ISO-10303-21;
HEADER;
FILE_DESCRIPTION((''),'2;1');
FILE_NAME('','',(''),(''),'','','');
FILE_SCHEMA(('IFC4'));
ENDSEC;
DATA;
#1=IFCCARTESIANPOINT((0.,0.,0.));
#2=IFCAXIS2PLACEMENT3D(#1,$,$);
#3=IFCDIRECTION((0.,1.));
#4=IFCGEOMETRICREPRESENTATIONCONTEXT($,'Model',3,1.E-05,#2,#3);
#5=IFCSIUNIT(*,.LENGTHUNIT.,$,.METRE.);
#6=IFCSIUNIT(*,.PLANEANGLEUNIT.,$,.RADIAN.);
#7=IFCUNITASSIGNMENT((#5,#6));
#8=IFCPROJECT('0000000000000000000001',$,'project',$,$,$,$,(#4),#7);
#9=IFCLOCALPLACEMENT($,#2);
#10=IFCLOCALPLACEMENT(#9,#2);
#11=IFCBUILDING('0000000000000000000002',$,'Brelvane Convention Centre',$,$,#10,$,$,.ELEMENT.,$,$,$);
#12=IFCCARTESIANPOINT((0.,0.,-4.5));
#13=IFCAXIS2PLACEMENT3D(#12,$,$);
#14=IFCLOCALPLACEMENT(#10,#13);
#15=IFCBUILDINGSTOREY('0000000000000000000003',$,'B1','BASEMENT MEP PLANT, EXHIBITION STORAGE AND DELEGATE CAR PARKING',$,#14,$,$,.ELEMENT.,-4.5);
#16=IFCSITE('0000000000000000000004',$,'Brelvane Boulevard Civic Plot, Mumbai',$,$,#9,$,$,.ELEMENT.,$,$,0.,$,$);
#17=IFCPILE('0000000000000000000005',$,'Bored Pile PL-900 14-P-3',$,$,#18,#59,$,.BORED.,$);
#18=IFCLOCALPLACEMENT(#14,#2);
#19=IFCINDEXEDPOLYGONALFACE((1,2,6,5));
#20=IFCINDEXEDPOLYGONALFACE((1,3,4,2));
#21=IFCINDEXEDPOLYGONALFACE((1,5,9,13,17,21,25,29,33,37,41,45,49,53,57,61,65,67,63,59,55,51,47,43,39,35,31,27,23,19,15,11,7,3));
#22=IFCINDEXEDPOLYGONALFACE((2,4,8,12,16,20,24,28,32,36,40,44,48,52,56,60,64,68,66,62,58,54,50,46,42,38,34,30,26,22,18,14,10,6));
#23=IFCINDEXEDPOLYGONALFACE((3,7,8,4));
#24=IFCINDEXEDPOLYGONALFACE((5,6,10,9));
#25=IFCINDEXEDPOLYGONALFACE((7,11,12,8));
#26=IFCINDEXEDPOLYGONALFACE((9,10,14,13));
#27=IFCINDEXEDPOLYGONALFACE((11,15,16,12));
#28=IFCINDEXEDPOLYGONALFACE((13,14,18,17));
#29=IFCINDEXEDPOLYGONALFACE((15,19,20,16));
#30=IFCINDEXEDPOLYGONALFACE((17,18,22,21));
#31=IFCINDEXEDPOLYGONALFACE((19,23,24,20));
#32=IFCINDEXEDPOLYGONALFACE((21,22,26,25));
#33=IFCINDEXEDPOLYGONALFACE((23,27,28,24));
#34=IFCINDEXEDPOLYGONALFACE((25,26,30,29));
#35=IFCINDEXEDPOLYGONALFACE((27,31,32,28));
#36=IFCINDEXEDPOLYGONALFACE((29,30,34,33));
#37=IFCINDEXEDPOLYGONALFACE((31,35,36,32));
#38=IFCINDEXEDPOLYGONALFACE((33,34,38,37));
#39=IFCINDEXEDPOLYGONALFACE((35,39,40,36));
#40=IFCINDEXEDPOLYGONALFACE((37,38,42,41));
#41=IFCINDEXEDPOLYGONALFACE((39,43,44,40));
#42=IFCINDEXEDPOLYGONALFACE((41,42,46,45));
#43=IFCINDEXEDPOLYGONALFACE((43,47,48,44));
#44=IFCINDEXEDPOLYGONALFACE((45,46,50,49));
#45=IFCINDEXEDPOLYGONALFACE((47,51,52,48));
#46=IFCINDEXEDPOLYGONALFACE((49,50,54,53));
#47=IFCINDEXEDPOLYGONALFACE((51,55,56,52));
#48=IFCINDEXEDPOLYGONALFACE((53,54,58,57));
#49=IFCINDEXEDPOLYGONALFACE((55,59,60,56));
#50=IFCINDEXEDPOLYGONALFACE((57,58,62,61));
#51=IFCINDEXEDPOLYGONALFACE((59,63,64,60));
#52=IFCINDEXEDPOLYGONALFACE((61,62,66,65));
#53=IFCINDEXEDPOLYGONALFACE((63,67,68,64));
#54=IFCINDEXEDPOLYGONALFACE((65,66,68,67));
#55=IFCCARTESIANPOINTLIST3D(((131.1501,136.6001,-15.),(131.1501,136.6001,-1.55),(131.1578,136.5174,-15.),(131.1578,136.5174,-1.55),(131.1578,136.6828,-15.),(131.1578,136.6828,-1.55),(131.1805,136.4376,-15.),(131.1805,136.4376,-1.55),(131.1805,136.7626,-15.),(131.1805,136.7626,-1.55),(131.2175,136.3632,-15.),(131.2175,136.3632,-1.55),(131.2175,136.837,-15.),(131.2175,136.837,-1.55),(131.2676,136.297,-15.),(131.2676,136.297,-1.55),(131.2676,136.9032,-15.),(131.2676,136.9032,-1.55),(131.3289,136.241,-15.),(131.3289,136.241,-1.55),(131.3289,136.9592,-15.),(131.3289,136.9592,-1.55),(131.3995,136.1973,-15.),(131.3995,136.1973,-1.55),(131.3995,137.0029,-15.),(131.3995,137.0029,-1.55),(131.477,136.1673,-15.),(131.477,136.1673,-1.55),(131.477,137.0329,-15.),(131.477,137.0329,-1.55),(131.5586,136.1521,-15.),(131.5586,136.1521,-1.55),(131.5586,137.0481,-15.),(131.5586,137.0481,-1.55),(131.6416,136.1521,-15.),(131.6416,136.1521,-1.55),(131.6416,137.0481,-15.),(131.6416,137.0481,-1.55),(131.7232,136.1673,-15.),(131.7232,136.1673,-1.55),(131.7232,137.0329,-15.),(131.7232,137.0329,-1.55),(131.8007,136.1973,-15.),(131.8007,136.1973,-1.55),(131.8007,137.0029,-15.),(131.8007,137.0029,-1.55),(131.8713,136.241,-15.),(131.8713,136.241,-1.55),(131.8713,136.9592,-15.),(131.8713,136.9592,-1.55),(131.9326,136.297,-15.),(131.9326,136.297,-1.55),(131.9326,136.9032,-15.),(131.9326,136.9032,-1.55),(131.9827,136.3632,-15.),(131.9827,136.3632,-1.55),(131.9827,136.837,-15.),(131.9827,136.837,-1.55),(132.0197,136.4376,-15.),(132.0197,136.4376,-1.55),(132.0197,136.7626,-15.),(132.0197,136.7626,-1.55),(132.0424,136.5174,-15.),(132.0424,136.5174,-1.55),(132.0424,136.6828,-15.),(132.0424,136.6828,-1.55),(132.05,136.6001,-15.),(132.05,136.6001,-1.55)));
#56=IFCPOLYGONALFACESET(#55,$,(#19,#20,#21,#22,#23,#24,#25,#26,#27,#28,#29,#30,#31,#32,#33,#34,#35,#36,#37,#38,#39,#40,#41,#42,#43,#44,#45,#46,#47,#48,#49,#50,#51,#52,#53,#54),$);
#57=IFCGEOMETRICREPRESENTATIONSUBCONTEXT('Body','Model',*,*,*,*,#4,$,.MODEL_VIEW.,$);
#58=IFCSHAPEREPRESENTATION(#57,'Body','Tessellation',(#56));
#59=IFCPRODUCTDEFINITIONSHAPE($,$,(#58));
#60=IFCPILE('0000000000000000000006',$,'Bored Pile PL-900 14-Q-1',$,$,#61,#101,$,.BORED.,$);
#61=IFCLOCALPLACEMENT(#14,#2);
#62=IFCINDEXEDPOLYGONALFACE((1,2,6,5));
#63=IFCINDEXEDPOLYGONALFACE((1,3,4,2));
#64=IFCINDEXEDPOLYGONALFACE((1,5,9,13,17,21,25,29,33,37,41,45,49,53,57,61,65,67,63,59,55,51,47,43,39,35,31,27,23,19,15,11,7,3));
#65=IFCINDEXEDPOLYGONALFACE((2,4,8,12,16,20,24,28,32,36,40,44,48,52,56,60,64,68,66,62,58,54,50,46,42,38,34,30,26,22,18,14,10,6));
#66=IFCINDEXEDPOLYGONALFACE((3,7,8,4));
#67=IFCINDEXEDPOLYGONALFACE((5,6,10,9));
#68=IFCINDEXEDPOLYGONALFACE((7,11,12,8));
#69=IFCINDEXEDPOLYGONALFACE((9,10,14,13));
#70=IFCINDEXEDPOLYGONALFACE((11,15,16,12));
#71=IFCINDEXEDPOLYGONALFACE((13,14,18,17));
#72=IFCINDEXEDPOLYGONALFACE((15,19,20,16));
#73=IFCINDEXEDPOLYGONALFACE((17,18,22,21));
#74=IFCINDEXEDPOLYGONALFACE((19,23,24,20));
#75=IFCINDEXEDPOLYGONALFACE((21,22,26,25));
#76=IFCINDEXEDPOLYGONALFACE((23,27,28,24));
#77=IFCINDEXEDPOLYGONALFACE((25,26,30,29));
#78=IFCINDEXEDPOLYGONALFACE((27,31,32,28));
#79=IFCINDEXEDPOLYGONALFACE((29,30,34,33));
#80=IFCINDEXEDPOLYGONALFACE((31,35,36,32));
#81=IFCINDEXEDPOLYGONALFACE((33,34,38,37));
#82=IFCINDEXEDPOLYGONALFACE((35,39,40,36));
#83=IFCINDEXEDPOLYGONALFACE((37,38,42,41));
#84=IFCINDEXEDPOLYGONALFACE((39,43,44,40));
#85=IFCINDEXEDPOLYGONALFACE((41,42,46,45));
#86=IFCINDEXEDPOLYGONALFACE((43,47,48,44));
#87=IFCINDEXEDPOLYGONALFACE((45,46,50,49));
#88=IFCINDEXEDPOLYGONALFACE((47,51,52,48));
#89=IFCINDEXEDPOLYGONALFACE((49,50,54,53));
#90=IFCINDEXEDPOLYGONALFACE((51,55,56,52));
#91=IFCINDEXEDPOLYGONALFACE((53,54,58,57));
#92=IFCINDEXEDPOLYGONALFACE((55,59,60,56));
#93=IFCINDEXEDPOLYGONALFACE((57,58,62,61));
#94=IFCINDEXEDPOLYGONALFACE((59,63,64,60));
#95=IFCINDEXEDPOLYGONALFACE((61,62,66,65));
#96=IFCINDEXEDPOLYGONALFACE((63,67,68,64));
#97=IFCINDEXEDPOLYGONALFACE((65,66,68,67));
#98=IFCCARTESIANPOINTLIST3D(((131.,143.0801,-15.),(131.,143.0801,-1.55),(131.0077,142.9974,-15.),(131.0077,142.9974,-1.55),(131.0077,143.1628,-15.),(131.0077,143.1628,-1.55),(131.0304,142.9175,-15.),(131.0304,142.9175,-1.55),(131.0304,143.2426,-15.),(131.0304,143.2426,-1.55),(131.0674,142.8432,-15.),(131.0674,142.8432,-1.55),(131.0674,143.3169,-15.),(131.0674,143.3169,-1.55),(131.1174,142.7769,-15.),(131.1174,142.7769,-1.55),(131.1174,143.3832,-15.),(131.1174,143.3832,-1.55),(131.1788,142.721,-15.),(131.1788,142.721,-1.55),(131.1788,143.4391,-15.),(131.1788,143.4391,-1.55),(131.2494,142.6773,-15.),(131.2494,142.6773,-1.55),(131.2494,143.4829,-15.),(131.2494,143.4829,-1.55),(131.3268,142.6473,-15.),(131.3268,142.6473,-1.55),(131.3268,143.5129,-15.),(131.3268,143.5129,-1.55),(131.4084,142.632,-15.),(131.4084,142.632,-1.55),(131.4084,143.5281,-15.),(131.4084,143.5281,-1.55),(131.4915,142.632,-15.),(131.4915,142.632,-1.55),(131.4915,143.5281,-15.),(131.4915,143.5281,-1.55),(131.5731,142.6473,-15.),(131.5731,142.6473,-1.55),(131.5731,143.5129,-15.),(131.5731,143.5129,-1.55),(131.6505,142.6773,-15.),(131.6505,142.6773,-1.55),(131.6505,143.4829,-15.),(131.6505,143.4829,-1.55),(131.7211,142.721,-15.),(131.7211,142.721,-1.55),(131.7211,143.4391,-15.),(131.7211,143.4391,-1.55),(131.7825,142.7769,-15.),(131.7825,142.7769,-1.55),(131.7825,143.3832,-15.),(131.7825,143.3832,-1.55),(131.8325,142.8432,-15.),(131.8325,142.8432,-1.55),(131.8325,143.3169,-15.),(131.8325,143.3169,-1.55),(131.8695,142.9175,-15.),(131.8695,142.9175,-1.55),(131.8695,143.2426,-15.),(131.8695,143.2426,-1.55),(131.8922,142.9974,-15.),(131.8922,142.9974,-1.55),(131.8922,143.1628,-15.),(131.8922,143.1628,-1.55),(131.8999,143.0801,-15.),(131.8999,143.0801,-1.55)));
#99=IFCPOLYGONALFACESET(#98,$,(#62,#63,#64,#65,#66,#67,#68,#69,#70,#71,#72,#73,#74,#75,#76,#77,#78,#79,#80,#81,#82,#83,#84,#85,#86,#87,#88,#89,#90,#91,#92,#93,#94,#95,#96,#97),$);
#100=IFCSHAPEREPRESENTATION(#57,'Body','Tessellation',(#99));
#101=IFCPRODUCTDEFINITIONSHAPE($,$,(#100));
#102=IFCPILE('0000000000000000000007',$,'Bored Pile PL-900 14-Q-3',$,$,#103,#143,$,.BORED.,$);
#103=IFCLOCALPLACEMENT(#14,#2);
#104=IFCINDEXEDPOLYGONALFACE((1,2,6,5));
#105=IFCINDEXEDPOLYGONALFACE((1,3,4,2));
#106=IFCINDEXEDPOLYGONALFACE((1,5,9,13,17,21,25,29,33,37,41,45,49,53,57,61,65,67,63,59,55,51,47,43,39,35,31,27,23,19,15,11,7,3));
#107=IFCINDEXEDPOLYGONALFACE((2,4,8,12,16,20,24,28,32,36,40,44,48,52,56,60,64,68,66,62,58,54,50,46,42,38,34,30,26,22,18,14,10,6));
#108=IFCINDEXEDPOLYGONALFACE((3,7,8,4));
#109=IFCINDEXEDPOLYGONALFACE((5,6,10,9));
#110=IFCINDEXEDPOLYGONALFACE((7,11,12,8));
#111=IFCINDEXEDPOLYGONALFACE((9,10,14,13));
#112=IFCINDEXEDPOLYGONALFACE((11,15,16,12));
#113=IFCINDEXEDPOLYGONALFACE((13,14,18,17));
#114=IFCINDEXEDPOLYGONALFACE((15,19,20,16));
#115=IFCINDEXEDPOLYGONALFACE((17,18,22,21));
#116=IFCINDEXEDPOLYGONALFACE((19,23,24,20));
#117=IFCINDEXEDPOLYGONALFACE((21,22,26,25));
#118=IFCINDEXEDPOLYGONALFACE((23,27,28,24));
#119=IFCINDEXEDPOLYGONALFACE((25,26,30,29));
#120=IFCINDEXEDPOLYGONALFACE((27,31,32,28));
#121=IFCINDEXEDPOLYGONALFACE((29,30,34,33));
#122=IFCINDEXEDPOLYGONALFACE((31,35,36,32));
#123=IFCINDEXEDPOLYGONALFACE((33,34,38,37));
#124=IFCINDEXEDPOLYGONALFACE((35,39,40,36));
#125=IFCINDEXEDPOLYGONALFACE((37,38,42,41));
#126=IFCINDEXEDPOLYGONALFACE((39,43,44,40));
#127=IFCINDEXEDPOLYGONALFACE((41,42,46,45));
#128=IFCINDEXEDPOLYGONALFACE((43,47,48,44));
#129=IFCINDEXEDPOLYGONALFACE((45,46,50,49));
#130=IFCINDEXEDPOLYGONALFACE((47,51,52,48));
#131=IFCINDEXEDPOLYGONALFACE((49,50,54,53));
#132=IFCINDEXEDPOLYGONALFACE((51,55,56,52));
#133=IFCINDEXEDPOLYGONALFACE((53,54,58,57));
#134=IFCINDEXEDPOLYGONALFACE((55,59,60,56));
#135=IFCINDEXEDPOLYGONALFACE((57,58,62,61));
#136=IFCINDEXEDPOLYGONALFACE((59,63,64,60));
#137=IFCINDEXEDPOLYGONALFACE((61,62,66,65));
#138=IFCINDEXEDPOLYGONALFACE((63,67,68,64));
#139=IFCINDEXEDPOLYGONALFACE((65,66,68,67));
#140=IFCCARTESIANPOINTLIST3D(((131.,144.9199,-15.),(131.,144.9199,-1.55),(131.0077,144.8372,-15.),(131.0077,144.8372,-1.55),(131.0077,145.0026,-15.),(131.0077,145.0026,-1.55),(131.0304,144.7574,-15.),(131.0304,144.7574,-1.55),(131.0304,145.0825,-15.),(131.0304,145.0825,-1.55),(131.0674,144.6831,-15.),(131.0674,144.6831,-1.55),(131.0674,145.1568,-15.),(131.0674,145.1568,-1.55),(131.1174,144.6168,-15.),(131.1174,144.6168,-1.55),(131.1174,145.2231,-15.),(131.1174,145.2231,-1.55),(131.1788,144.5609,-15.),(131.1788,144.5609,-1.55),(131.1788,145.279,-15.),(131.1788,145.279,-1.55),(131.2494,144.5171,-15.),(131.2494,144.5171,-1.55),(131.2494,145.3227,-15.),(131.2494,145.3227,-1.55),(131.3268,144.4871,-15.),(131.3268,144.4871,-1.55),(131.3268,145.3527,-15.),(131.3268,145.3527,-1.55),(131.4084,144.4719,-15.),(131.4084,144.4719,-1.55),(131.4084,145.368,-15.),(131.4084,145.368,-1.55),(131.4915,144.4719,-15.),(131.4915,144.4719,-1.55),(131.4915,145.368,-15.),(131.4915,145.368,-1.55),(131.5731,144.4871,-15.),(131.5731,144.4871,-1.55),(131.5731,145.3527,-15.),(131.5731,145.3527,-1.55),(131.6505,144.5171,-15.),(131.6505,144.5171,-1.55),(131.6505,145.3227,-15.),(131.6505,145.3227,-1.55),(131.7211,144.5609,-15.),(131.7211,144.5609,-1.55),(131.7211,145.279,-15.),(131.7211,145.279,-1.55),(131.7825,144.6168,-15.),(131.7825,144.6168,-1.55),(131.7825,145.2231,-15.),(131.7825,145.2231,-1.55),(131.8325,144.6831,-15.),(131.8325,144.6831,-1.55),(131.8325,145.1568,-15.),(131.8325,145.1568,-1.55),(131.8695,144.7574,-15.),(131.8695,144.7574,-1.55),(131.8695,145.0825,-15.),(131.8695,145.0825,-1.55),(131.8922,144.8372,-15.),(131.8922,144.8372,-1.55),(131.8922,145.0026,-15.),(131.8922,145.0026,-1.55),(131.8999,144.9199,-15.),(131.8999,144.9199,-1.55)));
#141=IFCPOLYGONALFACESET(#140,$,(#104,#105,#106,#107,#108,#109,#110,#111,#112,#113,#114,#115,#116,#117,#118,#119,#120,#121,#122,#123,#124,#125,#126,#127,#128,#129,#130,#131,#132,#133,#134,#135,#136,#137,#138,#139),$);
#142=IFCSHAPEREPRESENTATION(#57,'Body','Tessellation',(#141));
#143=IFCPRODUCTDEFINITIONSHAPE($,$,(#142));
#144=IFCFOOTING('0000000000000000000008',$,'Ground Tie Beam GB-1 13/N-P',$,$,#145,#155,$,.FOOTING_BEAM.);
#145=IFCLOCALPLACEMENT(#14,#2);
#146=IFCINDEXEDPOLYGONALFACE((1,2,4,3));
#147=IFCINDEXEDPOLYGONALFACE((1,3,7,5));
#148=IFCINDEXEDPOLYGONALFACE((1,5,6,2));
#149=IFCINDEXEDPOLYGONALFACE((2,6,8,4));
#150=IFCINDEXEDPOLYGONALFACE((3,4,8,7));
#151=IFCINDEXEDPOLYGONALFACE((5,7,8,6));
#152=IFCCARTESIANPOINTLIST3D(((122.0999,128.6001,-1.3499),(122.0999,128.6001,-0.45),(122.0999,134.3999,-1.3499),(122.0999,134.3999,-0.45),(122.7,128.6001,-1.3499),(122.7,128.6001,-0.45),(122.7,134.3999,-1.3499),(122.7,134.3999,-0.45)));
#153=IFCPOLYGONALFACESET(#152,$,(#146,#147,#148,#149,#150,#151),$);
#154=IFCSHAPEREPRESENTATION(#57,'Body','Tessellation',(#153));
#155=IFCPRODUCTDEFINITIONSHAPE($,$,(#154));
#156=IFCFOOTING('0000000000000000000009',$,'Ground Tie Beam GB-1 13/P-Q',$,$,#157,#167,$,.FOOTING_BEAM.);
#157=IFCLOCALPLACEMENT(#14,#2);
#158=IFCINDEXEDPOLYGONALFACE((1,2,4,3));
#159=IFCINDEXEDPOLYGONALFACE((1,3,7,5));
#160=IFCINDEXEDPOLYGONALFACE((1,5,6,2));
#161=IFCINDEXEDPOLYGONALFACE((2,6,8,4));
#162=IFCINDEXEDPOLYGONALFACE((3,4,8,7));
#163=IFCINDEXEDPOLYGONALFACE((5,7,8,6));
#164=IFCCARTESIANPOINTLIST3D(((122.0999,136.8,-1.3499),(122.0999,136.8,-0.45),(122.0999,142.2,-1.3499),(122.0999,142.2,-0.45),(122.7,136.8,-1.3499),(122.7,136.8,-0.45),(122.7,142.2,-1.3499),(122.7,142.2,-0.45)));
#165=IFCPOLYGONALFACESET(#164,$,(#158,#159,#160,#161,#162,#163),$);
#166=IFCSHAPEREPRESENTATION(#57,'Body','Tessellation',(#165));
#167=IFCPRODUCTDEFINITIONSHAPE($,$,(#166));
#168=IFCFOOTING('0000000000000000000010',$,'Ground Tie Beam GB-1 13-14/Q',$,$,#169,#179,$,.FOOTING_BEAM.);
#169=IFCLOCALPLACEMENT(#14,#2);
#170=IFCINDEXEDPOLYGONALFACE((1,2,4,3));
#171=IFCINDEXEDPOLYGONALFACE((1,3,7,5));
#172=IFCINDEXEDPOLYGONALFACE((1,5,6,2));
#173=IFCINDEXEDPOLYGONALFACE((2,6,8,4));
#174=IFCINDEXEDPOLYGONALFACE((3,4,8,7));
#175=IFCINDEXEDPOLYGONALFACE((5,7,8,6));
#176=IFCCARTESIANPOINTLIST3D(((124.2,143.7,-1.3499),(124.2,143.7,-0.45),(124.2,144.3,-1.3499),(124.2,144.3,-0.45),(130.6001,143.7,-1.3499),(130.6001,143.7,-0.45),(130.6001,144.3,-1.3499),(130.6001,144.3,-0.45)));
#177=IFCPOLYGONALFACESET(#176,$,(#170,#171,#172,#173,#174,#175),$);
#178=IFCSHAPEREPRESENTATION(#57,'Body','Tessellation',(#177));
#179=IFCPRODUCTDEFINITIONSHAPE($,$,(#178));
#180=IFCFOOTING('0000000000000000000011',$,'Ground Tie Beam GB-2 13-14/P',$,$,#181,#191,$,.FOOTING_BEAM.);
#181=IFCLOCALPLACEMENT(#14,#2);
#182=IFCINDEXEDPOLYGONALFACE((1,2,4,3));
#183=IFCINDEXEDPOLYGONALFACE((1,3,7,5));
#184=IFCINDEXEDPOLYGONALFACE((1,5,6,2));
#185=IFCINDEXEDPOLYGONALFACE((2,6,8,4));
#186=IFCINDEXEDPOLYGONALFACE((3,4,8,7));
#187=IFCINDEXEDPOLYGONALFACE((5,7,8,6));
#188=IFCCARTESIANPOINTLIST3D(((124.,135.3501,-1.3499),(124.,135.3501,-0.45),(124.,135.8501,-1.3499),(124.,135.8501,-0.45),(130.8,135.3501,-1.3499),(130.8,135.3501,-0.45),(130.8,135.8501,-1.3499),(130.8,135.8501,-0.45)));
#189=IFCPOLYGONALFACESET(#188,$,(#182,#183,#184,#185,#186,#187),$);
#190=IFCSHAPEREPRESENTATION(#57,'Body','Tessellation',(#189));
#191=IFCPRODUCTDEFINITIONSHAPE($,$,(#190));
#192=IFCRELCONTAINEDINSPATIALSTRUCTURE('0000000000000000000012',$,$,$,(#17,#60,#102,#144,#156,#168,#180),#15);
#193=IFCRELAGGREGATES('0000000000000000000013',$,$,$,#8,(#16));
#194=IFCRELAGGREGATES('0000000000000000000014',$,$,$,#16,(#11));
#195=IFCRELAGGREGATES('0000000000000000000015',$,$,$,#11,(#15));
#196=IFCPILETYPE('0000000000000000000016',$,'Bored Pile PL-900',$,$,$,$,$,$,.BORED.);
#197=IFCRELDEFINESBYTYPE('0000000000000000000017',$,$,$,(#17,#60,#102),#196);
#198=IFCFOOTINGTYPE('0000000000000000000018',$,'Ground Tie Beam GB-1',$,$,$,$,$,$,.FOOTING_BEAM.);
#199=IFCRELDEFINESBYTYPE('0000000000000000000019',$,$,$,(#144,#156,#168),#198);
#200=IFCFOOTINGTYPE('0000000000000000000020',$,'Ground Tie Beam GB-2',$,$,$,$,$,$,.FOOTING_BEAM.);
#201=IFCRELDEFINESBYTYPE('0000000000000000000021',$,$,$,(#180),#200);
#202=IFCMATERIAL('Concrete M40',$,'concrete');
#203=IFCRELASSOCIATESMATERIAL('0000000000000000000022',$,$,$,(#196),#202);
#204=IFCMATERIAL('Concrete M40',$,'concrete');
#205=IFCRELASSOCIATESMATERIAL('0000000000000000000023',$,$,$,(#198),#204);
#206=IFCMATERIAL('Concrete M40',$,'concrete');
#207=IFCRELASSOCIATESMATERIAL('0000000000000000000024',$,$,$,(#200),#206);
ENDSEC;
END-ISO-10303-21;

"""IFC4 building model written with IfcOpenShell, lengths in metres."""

from ifc_helpers import new_model, si_unit, direction, frame, origin, origin_2d, place, context, subcontext, project, spatial, rectangle, circle, extrude, material, material_profile, profile_set, type_object, element, save


model = new_model("IFC4")

# Units and contexts
model_context = context("Model", 3, precision=1e-05, world=origin(), true_north=direction((0.0, 1.0)))
body_context = subcontext(model_context, "Body", "Model", "MODEL_VIEW")
ifc_project = project(units=[si_unit("LENGTHUNIT", "METRE"), si_unit("PLANEANGLEUNIT", "RADIAN")], contexts=[model_context])

# Site, building, storey
site_placement = place(None, origin())
site = spatial("IfcSite", under=ifc_project, at=site_placement, Name="Brelvane Boulevard Civic Plot, Mumbai", CompositionType="ELEMENT", RefElevation=0.0)
building_placement = place(site_placement, origin())
building = spatial("IfcBuilding", under=site, at=building_placement, Name="Brelvane Convention Centre", CompositionType="ELEMENT")
storey_placement = place(building_placement, frame((0.0, 0.0, -4.5)))
storey = spatial("IfcBuildingStorey", under=building, at=storey_placement, Name="B1", Description="BASEMENT MEP PLANT, EXHIBITION STORAGE AND DELEGATE CAR PARKING", CompositionType="ELEMENT", Elevation=-4.5)

# Piles
ifc_material_1 = material(Name="Concrete M40", Category="concrete")
ifc_material_profile_1 = material_profile(ifc_material_1, circle(Radius=0.45, at=origin_2d()), Name="PILE D900")
ifc_profile_set_1 = profile_set([ifc_material_profile_1], Name="Concrete M40")
pile_type = type_object("IfcPileType", Name="Bored Pile PL-900", PredefinedType="BORED", material=ifc_profile_set_1)
for number, where, z_axis, x_axis, name in (
    (1, (131.6001, 136.6001, -1.55), (0.0, 0.0, -1.0), (1.0, 0.0, 0.0), "Bored Pile PL-900 14-P-3"),
    (2, (131.45, 143.0801, -1.55), (0.0, 0.0, -1.0), (1.0, 0.0, 0.0), "Bored Pile PL-900 14-Q-1"),
    (3, (131.45, 144.9199, -1.55), (0.0, 0.0, -1.0), (1.0, 0.0, 0.0), "Bored Pile PL-900 14-Q-3"),
):
    element("IfcPile", number, at=place(storey_placement, frame(where, z_axis=z_axis, x_axis=x_axis)), inside=storey, type_object=pile_type, Name=name, PredefinedType="BORED", context=body_context, shape_type="SweptSolid", body=[
        extrude(circle(Radius=0.45, at=origin_2d()), origin(), (0.0, 0.0, 1.0), 13.45),
    ])

# Footings
ifc_material_2 = material(Name="Concrete M40", Category="concrete")
ifc_material_profile_2 = material_profile(ifc_material_2, rectangle(XDim=0.6001, YDim=0.8999, at=origin_2d()), Name="RC 600x900")
ifc_profile_set_2 = profile_set([ifc_material_profile_2], Name="Concrete M40")
footing_type_1 = type_object("IfcFootingType", Name="Ground Tie Beam GB-1", PredefinedType="FOOTING_BEAM", material=ifc_profile_set_2)
footing_1_placement = place(storey_placement, frame((122.3999, 128.6001, -0.8999), z_axis=(0.0, 1.0, 0.0), x_axis=(-1.0, 0.0, 0.0)))
element("IfcFooting", 4, at=footing_1_placement, inside=storey, type_object=footing_type_1, Name="Ground Tie Beam GB-1 13/N-P", PredefinedType="FOOTING_BEAM", context=body_context, shape_type="SweptSolid", body=[
    extrude(rectangle(XDim=0.6001, YDim=0.8999, at=origin_2d()), origin(), (0.0, 0.0, 1.0), 5.7998),
])
footing_2_placement = place(storey_placement, frame((122.3999, 136.8, -0.8999), z_axis=(0.0, 1.0, 0.0), x_axis=(-1.0, 0.0, 0.0)))
element("IfcFooting", 5, at=footing_2_placement, inside=storey, type_object=footing_type_1, Name="Ground Tie Beam GB-1 13/P-Q", PredefinedType="FOOTING_BEAM", context=body_context, shape_type="SweptSolid", body=[
    extrude(rectangle(XDim=0.6001, YDim=0.8999, at=origin_2d()), origin(), (0.0, 0.0, 1.0), 5.3999),
])
footing_3_placement = place(storey_placement, frame((124.2, 144.0, -0.8999), z_axis=(1.0, 0.0, 0.0), x_axis=(0.0, 1.0, 0.0)))
element("IfcFooting", 6, at=footing_3_placement, inside=storey, type_object=footing_type_1, Name="Ground Tie Beam GB-1 13-14/Q", PredefinedType="FOOTING_BEAM", context=body_context, shape_type="SweptSolid", body=[
    extrude(rectangle(XDim=0.6001, YDim=0.8999, at=origin_2d()), origin(), (0.0, 0.0, 1.0), 6.4001),
])
ifc_material_3 = material(Name="Concrete M40", Category="concrete")
ifc_material_profile_3 = material_profile(ifc_material_3, rectangle(XDim=0.5, YDim=0.8999, at=origin_2d()), Name="RC 500x900")
ifc_profile_set_3 = profile_set([ifc_material_profile_3], Name="Concrete M40")
footing_type_2 = type_object("IfcFootingType", Name="Ground Tie Beam GB-2", PredefinedType="FOOTING_BEAM", material=ifc_profile_set_3)
footing_4_placement = place(storey_placement, frame((124.0, 135.6001, -0.8999), z_axis=(1.0, 0.0, 0.0), x_axis=(0.0, 1.0, 0.0)))
element("IfcFooting", 7, at=footing_4_placement, inside=storey, type_object=footing_type_2, Name="Ground Tie Beam GB-2 13-14/P", PredefinedType="FOOTING_BEAM", context=body_context, shape_type="SweptSolid", body=[
    extrude(rectangle(XDim=0.5, YDim=0.8999, at=origin_2d()), origin(), (0.0, 0.0, 1.0), 6.8),
])

save(model, "model.ifc")
